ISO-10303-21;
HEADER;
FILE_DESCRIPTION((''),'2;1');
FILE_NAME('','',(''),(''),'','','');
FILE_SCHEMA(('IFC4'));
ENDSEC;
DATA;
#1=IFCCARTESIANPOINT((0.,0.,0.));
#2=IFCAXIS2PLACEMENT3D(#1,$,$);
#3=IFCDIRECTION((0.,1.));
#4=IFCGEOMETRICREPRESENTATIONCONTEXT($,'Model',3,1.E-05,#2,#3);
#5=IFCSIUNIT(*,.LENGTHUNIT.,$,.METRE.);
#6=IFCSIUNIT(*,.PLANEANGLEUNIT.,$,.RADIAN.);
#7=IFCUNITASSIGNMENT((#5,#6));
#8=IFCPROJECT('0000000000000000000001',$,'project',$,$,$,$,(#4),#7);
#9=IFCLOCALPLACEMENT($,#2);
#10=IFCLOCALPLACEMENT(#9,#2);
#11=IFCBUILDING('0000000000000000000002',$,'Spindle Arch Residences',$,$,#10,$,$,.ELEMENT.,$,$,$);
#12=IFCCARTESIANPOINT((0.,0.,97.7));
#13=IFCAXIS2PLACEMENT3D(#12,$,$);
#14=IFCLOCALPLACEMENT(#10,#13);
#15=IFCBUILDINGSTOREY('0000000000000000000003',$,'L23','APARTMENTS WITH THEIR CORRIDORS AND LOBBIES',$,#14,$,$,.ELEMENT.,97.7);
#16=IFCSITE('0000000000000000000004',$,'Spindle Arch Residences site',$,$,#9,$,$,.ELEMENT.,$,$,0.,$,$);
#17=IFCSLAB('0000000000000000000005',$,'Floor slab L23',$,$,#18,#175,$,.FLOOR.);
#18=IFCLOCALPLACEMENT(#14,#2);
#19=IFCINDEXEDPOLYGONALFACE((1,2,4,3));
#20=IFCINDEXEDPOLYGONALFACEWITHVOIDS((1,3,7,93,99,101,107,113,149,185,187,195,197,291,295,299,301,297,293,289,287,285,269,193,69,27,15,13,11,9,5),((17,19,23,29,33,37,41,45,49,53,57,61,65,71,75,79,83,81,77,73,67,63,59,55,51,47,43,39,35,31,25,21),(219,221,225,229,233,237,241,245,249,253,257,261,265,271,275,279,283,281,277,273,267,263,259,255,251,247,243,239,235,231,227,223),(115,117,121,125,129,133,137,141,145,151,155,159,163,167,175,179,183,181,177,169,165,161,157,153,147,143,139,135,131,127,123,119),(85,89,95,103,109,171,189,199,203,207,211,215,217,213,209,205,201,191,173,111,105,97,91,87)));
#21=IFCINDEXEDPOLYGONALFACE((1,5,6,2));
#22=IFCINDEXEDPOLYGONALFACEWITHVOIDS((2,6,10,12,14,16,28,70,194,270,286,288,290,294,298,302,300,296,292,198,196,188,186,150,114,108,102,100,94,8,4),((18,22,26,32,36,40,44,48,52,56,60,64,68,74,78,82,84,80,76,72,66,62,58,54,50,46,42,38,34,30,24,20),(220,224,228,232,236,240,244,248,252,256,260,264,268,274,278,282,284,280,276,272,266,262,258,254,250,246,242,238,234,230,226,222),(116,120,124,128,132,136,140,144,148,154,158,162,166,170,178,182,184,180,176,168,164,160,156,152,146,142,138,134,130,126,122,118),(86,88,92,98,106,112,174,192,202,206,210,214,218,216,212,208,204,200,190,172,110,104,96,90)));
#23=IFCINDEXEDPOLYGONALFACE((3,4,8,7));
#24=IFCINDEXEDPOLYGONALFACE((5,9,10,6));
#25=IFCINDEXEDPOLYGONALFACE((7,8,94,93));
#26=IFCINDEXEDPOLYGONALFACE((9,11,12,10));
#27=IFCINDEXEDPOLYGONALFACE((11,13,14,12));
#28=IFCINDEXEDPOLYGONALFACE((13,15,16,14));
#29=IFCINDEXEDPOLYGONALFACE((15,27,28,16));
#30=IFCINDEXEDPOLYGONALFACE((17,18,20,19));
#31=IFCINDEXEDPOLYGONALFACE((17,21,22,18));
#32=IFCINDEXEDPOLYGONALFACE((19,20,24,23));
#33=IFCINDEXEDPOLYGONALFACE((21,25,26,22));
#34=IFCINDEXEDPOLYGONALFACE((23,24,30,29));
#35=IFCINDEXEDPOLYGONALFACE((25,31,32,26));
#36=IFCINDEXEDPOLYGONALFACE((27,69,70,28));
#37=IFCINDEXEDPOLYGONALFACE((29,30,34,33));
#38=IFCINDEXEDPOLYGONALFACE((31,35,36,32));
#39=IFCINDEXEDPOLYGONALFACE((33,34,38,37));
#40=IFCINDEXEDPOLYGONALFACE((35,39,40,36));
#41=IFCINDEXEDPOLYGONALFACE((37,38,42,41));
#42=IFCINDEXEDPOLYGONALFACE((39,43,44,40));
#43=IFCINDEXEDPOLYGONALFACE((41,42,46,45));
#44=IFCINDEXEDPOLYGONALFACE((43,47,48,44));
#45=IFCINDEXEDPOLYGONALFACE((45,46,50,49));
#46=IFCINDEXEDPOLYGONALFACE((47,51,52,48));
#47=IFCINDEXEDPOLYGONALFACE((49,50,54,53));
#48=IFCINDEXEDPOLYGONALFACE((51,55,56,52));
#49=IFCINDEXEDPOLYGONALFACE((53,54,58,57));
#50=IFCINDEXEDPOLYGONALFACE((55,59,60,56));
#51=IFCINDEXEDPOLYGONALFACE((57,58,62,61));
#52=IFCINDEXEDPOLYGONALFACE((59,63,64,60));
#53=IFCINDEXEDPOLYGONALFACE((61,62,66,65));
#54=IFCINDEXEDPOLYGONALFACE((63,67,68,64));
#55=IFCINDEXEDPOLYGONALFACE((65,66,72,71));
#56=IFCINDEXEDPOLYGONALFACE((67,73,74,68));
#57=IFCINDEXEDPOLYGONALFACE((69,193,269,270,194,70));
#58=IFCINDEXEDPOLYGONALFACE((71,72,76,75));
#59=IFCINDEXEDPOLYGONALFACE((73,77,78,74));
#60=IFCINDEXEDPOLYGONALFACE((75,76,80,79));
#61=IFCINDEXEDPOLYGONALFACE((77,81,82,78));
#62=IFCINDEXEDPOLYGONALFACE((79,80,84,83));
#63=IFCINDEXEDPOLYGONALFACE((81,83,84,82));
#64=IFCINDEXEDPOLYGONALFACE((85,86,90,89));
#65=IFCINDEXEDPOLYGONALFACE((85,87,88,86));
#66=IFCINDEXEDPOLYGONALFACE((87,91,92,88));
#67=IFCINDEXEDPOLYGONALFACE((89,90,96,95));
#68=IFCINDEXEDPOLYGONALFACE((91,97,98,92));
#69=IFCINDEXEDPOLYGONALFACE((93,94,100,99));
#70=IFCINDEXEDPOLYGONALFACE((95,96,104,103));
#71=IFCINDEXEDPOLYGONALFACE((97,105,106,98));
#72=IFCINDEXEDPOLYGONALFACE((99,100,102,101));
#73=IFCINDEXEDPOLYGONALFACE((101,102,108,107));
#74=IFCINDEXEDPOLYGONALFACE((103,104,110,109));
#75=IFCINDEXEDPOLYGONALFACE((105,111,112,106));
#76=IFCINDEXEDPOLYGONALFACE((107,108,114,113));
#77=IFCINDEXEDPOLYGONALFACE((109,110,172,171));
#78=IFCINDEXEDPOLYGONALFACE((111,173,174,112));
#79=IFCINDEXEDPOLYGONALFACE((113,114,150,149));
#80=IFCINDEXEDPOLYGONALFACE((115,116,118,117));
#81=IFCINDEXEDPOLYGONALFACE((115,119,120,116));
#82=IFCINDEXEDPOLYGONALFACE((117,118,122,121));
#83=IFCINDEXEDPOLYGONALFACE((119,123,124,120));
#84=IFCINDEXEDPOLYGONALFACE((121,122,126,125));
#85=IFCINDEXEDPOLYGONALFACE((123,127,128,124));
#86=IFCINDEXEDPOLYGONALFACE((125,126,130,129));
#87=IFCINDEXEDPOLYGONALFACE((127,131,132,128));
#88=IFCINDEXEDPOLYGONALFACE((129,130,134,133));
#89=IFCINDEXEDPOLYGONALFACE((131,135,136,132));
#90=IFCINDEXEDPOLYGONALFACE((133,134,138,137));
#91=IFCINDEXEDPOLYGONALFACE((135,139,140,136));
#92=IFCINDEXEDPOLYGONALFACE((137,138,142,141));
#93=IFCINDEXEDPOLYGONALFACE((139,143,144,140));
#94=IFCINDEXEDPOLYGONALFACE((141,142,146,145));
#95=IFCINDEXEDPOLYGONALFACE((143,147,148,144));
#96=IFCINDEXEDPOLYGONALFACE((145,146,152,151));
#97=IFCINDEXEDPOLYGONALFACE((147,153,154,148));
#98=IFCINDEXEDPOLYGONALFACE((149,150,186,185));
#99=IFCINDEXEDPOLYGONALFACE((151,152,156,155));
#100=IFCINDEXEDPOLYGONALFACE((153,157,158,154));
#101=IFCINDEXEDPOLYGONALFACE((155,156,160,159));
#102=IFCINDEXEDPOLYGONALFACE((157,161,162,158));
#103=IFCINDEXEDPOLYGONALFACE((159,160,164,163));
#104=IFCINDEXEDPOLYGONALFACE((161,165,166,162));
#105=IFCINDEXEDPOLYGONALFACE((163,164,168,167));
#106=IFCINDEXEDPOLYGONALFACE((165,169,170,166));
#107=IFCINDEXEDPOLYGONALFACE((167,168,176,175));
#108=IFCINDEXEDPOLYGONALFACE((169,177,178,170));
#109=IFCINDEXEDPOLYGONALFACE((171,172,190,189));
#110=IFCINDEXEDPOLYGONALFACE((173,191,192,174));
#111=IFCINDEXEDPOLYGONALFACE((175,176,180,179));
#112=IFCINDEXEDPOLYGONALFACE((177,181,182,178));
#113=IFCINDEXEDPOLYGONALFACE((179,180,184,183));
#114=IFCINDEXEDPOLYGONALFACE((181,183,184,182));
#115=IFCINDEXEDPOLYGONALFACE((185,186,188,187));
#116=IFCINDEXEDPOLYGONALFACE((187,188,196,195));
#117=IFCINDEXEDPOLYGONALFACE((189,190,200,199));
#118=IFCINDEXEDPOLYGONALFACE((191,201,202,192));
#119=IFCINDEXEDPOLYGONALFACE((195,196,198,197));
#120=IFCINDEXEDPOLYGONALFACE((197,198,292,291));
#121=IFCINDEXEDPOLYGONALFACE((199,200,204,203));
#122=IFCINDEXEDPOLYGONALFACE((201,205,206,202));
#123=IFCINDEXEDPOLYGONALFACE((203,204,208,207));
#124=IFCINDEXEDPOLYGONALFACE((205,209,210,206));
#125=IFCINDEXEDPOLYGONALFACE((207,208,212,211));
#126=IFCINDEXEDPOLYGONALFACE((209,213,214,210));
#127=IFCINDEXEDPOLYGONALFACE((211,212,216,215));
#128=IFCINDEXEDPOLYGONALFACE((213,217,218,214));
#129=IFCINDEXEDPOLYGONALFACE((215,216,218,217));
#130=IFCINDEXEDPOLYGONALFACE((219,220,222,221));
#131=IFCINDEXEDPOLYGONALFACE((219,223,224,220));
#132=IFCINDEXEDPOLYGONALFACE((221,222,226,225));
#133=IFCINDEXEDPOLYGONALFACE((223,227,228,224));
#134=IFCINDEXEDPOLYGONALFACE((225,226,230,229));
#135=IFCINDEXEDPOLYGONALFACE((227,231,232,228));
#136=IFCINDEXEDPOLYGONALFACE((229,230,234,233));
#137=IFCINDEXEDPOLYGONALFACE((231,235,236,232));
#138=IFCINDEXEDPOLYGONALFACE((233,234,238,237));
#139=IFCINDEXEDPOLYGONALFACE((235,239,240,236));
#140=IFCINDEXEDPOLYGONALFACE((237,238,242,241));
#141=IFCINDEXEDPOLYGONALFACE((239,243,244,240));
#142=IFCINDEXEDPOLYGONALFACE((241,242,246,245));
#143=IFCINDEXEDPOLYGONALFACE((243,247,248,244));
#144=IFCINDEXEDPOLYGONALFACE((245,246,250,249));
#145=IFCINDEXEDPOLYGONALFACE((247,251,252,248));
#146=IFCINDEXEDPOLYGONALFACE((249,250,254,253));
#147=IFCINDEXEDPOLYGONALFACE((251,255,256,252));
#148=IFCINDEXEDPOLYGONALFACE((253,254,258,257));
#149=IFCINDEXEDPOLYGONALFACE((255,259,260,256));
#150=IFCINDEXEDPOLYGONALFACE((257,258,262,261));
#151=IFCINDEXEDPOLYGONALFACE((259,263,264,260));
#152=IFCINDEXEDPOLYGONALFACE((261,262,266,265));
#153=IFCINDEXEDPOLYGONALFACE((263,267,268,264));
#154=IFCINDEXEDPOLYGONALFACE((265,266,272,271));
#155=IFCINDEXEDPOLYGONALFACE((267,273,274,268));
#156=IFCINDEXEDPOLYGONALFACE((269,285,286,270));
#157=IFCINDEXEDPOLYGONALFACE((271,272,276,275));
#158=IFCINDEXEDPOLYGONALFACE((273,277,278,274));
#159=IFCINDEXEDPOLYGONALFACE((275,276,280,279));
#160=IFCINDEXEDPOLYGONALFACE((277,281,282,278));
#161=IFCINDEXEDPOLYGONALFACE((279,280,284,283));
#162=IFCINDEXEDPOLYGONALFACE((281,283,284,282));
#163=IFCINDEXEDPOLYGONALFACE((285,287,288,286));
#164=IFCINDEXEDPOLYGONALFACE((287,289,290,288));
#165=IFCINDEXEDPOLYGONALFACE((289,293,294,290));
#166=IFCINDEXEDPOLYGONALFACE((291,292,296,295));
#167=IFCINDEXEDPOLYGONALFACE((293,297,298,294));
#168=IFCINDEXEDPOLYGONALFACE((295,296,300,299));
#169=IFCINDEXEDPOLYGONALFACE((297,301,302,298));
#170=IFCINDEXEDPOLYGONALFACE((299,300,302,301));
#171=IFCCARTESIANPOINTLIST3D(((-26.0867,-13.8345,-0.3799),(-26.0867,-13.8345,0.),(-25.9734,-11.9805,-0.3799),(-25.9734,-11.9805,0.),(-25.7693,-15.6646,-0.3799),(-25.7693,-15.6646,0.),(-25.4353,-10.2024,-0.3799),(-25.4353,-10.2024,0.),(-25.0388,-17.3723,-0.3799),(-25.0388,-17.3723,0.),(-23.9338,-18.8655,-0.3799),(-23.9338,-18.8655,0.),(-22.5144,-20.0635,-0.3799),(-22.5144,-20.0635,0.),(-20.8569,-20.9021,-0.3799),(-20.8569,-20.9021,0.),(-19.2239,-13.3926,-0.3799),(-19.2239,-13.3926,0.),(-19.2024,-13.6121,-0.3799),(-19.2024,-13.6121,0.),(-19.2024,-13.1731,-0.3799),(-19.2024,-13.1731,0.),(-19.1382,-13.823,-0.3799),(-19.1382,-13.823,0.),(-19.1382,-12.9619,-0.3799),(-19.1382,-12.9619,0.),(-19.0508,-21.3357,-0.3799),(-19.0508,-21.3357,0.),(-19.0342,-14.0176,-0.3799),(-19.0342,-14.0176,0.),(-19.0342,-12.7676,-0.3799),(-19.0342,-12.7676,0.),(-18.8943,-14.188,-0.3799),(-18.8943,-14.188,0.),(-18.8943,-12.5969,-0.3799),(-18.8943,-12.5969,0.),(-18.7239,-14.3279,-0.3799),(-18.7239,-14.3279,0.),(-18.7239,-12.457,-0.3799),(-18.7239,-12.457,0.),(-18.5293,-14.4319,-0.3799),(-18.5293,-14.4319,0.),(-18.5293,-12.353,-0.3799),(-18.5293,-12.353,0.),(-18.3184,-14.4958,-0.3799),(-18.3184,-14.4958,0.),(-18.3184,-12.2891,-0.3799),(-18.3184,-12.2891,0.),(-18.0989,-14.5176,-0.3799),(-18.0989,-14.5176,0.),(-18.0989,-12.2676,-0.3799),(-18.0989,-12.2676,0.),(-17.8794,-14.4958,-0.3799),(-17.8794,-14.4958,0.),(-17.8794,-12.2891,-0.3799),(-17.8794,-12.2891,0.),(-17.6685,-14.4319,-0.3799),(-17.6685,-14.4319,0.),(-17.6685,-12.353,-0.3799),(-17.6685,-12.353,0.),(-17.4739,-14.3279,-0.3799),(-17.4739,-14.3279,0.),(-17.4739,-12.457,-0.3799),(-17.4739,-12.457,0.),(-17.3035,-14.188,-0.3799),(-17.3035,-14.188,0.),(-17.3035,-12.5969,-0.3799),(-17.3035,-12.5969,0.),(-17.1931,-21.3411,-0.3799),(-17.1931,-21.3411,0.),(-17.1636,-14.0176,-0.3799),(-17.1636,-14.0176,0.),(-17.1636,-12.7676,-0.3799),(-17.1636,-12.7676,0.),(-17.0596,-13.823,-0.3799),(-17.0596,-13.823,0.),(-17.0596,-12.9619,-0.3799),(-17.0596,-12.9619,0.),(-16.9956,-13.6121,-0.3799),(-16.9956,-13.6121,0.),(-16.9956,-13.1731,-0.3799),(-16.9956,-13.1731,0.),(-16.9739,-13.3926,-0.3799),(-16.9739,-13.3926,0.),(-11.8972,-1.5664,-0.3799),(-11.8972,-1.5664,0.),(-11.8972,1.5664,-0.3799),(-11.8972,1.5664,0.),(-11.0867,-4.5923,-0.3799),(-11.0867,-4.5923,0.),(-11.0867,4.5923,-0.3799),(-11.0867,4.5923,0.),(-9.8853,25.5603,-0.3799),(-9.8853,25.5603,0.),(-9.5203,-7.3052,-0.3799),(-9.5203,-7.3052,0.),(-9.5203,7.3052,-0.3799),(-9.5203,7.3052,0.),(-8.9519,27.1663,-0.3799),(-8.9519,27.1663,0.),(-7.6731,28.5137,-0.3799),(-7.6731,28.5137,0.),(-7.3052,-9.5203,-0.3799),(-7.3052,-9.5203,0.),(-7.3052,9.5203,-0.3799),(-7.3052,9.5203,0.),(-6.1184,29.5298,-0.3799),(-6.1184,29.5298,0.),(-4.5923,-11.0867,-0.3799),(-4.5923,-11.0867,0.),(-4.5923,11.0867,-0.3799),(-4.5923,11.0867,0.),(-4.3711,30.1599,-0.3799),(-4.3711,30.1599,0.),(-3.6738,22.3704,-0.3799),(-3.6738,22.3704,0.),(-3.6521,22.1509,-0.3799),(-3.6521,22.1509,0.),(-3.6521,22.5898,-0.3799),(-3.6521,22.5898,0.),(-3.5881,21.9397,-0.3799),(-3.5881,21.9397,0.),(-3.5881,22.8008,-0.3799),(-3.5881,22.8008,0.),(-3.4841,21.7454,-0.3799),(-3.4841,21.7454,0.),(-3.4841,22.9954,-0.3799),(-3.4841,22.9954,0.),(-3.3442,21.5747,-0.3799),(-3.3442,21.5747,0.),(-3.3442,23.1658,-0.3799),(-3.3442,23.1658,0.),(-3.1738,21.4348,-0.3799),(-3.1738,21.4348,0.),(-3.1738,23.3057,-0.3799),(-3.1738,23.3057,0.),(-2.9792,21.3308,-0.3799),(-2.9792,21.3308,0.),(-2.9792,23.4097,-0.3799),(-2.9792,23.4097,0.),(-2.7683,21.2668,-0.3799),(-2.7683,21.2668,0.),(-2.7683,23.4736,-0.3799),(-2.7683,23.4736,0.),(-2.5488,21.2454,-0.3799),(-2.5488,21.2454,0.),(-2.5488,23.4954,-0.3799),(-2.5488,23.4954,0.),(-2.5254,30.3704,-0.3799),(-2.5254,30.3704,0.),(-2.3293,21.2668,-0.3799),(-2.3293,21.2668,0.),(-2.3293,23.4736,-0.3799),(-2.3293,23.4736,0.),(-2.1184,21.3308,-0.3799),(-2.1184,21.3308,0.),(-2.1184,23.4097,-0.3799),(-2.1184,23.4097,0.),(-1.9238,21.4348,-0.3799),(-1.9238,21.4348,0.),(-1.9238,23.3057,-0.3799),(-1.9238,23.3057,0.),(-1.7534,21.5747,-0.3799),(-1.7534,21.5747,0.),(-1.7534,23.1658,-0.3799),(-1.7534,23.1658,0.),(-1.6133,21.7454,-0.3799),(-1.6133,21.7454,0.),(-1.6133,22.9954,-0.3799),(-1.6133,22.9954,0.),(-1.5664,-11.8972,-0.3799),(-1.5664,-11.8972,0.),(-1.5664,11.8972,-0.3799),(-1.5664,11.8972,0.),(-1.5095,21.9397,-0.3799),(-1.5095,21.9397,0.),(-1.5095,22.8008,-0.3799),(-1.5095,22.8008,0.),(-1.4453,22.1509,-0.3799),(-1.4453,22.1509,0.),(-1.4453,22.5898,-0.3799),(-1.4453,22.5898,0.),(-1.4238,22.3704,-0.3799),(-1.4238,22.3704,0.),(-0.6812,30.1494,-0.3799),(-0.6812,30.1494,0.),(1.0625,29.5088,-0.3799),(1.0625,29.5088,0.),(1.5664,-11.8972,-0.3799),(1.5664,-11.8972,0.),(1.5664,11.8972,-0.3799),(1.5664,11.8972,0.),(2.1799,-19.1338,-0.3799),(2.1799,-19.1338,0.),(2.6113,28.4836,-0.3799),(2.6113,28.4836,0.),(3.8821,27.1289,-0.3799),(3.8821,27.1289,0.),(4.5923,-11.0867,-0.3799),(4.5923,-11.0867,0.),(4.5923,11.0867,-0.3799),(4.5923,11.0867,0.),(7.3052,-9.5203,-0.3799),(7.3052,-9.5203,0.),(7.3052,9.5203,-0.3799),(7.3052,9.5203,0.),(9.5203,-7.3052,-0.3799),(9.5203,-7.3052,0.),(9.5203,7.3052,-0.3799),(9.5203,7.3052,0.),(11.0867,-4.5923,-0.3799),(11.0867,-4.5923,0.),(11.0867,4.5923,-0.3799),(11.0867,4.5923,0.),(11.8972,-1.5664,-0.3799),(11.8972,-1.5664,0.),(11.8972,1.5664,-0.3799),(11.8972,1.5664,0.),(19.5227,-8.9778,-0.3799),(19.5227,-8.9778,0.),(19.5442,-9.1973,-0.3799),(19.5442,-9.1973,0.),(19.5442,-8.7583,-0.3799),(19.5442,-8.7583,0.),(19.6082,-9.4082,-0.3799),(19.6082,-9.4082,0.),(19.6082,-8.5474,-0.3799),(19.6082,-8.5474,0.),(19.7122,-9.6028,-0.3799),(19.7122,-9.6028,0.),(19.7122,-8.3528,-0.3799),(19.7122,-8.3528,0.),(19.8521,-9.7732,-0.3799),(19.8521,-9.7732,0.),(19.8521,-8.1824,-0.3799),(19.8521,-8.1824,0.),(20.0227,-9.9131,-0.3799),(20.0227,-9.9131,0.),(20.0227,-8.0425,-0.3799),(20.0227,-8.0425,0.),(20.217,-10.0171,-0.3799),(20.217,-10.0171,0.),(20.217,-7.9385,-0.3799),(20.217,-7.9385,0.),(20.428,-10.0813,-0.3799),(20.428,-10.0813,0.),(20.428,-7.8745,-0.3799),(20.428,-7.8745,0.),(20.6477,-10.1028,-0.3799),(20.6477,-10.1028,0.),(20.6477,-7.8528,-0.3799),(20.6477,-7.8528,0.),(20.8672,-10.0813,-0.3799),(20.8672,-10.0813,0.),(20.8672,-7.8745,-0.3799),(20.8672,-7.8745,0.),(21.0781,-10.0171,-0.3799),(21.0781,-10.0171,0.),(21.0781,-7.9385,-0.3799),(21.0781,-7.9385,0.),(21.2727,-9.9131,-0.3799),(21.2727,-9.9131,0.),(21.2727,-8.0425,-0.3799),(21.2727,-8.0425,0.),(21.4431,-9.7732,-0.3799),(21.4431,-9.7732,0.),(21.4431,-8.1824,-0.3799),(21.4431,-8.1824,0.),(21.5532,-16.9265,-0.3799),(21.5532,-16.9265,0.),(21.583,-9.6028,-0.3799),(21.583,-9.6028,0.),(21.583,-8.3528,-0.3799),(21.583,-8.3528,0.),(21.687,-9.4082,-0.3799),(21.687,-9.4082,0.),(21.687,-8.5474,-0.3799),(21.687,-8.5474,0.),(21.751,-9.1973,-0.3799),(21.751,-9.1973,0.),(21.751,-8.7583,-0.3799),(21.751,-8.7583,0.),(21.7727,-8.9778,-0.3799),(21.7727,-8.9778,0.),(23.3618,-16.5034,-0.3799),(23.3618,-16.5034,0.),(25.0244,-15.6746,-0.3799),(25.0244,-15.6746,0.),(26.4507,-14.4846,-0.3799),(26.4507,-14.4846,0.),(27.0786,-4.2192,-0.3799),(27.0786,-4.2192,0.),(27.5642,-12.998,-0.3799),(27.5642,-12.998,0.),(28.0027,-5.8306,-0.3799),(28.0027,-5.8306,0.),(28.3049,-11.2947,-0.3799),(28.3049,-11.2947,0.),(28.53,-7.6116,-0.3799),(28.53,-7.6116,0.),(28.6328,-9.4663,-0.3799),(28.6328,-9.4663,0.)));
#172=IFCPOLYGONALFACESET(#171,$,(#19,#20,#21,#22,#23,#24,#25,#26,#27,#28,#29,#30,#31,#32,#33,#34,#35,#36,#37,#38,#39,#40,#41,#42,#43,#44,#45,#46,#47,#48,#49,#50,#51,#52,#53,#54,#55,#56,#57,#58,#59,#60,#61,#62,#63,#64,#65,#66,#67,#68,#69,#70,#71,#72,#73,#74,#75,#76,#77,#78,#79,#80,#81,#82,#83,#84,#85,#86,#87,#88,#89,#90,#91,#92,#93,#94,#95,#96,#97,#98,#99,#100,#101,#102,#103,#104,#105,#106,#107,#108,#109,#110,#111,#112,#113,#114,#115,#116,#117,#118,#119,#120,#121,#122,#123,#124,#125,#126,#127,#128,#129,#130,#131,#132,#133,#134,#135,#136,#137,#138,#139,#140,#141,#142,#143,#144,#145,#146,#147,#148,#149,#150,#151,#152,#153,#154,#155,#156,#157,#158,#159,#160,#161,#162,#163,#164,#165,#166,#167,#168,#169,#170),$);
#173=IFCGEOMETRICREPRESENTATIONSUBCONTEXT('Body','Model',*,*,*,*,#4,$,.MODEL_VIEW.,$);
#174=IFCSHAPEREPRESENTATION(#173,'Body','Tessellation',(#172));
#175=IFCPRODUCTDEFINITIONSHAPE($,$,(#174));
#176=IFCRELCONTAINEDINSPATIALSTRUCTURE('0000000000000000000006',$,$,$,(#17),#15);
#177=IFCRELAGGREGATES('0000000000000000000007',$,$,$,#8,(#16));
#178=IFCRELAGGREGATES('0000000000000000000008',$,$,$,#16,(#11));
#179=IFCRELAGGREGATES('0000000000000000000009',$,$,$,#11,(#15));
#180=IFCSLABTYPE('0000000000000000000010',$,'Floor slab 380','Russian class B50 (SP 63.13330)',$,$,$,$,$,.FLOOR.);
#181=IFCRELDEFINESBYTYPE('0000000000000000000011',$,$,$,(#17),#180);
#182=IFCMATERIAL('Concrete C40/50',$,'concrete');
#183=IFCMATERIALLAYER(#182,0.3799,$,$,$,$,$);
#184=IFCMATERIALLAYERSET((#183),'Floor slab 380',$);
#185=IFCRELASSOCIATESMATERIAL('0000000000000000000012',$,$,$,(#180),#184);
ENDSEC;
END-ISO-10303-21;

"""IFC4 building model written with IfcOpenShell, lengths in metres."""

from ifc_helpers import new_model, si_unit, direction, frame, origin, place, context, subcontext, project, spatial, polyline, outline, extrude, material, layer, layer_set, type_object, element, save


model = new_model("IFC4")

# Units and contexts
model_context = context("Model", 3, precision=1e-05, world=origin(), true_north=direction((0.0, 1.0)))
body_context = subcontext(model_context, "Body", "Model", "MODEL_VIEW")
ifc_project = project(units=[si_unit("LENGTHUNIT", "METRE"), si_unit("PLANEANGLEUNIT", "RADIAN")], contexts=[model_context])

# Site, building, storey
site_placement = place(None, origin())
site = spatial("IfcSite", under=ifc_project, at=site_placement, Name="Spindle Arch Residences site", CompositionType="ELEMENT", RefElevation=0.0)
building_placement = place(site_placement, origin())
building = spatial("IfcBuilding", under=site, at=building_placement, Name="Spindle Arch Residences", CompositionType="ELEMENT")
storey_placement = place(building_placement, frame((0.0, 0.0, 97.7)))
storey = spatial("IfcBuildingStorey", under=building, at=storey_placement, Name="L23", Description="APARTMENTS WITH THEIR CORRIDORS AND LOBBIES", CompositionType="ELEMENT", Elevation=97.7)

# Slab
ifc_material_1 = material(Name="Concrete C40/50", Category="concrete")
ifc_layer_1 = layer(ifc_material_1, 0.3799)
ifc_layer_set_1 = layer_set([ifc_layer_1], Name="Floor slab 380")
slab_type_1 = type_object("IfcSlabType", Name="Floor slab 380", Description="Russian class B50 (SP 63.13330)", PredefinedType="FLOOR", material=ifc_layer_set_1)
slab_1_placement = place(storey_placement, frame((0.0, 0.0, -0.3799)))
element("IfcSlab", 1, at=slab_1_placement, inside=storey, type_object=slab_type_1, Name="Floor slab L23", PredefinedType="FLOOR", context=body_context, shape_type="SweptSolid", body=[
    extrude(outline(polyline([(-19.0508, -21.3357), (-20.8569, -20.9021), (-22.5144, -20.0635), (-23.9338, -18.8655), (-25.0388, -17.3723), (-25.7693, -15.6646), (-26.0867, -13.8345), (-25.9734, -11.9805), (-25.4353, -10.2024), (-9.8853, 25.5603), (-8.9519, 27.1663), (-7.6731, 28.5137), (-6.1184, 29.5298), (-4.3711, 30.1599), (-2.5254, 30.3704), (-0.6812, 30.1494), (1.0625, 29.5088), (2.6113, 28.4836), (3.8821, 27.1289), (27.0786, -4.2192), (28.0027, -5.8306), (28.53, -7.6116), (28.6328, -9.4663), (28.3049, -11.2947), (27.5642, -12.998), (26.4507, -14.4846), (25.0244, -15.6746), (23.3618, -16.5034), (21.5532, -16.9265), (2.1799, -19.1338), (-17.1931, -21.3411), (-19.0508, -21.3357)]), holes=[polyline([(7.3052, -9.5203), (9.5203, -7.3052), (11.0867, -4.5923), (11.8972, -1.5664), (11.8972, 1.5664), (11.0867, 4.5923), (9.5203, 7.3052), (7.3052, 9.5203), (4.5923, 11.0867), (1.5664, 11.8972), (-1.5664, 11.8972), (-4.5923, 11.0867), (-7.3052, 9.5203), (-9.5203, 7.3052), (-11.0867, 4.5923), (-11.8972, 1.5664), (-11.8972, -1.5664), (-11.0867, -4.5923), (-9.5203, -7.3052), (-7.3052, -9.5203), (-4.5923, -11.0867), (-1.5664, -11.8972), (1.5664, -11.8972), (4.5923, -11.0867), (7.3052, -9.5203)]), polyline([(-17.3035, -14.188), (-17.1636, -14.0176), (-17.0596, -13.823), (-16.9956, -13.6121), (-16.9739, -13.3926), (-16.9956, -13.1731), (-17.0596, -12.9619), (-17.1636, -12.7676), (-17.3035, -12.5969), (-17.4739, -12.457), (-17.6685, -12.353), (-17.8794, -12.2891), (-18.0989, -12.2676), (-18.3184, -12.2891), (-18.5293, -12.353), (-18.7239, -12.457), (-18.8943, -12.5969), (-19.0342, -12.7676), (-19.1382, -12.9619), (-19.2024, -13.1731), (-19.2239, -13.3926), (-19.2024, -13.6121), (-19.1382, -13.823), (-19.0342, -14.0176), (-18.8943, -14.188), (-18.7239, -14.3279), (-18.5293, -14.4319), (-18.3184, -14.4958), (-18.0989, -14.5176), (-17.8794, -14.4958), (-17.6685, -14.4319), (-17.4739, -14.3279), (-17.3035, -14.188)]), polyline([(-1.7534, 21.5747), (-1.6133, 21.7454), (-1.5095, 21.9397), (-1.4453, 22.1509), (-1.4238, 22.3704), (-1.4453, 22.5898), (-1.5095, 22.8008), (-1.6133, 22.9954), (-1.7534, 23.1658), (-1.9238, 23.3057), (-2.1184, 23.4097), (-2.3293, 23.4736), (-2.5488, 23.4954), (-2.7683, 23.4736), (-2.9792, 23.4097), (-3.1738, 23.3057), (-3.3442, 23.1658), (-3.4841, 22.9954), (-3.5881, 22.8008), (-3.6521, 22.5898), (-3.6738, 22.3704), (-3.6521, 22.1509), (-3.5881, 21.9397), (-3.4841, 21.7454), (-3.3442, 21.5747), (-3.1738, 21.4348), (-2.9792, 21.3308), (-2.7683, 21.2668), (-2.5488, 21.2454), (-2.3293, 21.2668), (-2.1184, 21.3308), (-1.9238, 21.4348), (-1.7534, 21.5747)]), polyline([(21.4431, -9.7732), (21.583, -9.6028), (21.687, -9.4082), (21.751, -9.1973), (21.7727, -8.9778), (21.751, -8.7583), (21.687, -8.5474), (21.583, -8.3528), (21.4431, -8.1824), (21.2727, -8.0425), (21.0781, -7.9385), (20.8672, -7.8745), (20.6477, -7.8528), (20.428, -7.8745), (20.217, -7.9385), (20.0227, -8.0425), (19.8521, -8.1824), (19.7122, -8.3528), (19.6082, -8.5474), (19.5442, -8.7583), (19.5227, -8.9778), (19.5442, -9.1973), (19.6082, -9.4082), (19.7122, -9.6028), (19.8521, -9.7732), (20.0227, -9.9131), (20.217, -10.0171), (20.428, -10.0813), (20.6477, -10.1028), (20.8672, -10.0813), (21.0781, -10.0171), (21.2727, -9.9131), (21.4431, -9.7732)])]), origin(), (0.0, 0.0, 1.0), 0.3799),
])

save(model, "model.ifc")
